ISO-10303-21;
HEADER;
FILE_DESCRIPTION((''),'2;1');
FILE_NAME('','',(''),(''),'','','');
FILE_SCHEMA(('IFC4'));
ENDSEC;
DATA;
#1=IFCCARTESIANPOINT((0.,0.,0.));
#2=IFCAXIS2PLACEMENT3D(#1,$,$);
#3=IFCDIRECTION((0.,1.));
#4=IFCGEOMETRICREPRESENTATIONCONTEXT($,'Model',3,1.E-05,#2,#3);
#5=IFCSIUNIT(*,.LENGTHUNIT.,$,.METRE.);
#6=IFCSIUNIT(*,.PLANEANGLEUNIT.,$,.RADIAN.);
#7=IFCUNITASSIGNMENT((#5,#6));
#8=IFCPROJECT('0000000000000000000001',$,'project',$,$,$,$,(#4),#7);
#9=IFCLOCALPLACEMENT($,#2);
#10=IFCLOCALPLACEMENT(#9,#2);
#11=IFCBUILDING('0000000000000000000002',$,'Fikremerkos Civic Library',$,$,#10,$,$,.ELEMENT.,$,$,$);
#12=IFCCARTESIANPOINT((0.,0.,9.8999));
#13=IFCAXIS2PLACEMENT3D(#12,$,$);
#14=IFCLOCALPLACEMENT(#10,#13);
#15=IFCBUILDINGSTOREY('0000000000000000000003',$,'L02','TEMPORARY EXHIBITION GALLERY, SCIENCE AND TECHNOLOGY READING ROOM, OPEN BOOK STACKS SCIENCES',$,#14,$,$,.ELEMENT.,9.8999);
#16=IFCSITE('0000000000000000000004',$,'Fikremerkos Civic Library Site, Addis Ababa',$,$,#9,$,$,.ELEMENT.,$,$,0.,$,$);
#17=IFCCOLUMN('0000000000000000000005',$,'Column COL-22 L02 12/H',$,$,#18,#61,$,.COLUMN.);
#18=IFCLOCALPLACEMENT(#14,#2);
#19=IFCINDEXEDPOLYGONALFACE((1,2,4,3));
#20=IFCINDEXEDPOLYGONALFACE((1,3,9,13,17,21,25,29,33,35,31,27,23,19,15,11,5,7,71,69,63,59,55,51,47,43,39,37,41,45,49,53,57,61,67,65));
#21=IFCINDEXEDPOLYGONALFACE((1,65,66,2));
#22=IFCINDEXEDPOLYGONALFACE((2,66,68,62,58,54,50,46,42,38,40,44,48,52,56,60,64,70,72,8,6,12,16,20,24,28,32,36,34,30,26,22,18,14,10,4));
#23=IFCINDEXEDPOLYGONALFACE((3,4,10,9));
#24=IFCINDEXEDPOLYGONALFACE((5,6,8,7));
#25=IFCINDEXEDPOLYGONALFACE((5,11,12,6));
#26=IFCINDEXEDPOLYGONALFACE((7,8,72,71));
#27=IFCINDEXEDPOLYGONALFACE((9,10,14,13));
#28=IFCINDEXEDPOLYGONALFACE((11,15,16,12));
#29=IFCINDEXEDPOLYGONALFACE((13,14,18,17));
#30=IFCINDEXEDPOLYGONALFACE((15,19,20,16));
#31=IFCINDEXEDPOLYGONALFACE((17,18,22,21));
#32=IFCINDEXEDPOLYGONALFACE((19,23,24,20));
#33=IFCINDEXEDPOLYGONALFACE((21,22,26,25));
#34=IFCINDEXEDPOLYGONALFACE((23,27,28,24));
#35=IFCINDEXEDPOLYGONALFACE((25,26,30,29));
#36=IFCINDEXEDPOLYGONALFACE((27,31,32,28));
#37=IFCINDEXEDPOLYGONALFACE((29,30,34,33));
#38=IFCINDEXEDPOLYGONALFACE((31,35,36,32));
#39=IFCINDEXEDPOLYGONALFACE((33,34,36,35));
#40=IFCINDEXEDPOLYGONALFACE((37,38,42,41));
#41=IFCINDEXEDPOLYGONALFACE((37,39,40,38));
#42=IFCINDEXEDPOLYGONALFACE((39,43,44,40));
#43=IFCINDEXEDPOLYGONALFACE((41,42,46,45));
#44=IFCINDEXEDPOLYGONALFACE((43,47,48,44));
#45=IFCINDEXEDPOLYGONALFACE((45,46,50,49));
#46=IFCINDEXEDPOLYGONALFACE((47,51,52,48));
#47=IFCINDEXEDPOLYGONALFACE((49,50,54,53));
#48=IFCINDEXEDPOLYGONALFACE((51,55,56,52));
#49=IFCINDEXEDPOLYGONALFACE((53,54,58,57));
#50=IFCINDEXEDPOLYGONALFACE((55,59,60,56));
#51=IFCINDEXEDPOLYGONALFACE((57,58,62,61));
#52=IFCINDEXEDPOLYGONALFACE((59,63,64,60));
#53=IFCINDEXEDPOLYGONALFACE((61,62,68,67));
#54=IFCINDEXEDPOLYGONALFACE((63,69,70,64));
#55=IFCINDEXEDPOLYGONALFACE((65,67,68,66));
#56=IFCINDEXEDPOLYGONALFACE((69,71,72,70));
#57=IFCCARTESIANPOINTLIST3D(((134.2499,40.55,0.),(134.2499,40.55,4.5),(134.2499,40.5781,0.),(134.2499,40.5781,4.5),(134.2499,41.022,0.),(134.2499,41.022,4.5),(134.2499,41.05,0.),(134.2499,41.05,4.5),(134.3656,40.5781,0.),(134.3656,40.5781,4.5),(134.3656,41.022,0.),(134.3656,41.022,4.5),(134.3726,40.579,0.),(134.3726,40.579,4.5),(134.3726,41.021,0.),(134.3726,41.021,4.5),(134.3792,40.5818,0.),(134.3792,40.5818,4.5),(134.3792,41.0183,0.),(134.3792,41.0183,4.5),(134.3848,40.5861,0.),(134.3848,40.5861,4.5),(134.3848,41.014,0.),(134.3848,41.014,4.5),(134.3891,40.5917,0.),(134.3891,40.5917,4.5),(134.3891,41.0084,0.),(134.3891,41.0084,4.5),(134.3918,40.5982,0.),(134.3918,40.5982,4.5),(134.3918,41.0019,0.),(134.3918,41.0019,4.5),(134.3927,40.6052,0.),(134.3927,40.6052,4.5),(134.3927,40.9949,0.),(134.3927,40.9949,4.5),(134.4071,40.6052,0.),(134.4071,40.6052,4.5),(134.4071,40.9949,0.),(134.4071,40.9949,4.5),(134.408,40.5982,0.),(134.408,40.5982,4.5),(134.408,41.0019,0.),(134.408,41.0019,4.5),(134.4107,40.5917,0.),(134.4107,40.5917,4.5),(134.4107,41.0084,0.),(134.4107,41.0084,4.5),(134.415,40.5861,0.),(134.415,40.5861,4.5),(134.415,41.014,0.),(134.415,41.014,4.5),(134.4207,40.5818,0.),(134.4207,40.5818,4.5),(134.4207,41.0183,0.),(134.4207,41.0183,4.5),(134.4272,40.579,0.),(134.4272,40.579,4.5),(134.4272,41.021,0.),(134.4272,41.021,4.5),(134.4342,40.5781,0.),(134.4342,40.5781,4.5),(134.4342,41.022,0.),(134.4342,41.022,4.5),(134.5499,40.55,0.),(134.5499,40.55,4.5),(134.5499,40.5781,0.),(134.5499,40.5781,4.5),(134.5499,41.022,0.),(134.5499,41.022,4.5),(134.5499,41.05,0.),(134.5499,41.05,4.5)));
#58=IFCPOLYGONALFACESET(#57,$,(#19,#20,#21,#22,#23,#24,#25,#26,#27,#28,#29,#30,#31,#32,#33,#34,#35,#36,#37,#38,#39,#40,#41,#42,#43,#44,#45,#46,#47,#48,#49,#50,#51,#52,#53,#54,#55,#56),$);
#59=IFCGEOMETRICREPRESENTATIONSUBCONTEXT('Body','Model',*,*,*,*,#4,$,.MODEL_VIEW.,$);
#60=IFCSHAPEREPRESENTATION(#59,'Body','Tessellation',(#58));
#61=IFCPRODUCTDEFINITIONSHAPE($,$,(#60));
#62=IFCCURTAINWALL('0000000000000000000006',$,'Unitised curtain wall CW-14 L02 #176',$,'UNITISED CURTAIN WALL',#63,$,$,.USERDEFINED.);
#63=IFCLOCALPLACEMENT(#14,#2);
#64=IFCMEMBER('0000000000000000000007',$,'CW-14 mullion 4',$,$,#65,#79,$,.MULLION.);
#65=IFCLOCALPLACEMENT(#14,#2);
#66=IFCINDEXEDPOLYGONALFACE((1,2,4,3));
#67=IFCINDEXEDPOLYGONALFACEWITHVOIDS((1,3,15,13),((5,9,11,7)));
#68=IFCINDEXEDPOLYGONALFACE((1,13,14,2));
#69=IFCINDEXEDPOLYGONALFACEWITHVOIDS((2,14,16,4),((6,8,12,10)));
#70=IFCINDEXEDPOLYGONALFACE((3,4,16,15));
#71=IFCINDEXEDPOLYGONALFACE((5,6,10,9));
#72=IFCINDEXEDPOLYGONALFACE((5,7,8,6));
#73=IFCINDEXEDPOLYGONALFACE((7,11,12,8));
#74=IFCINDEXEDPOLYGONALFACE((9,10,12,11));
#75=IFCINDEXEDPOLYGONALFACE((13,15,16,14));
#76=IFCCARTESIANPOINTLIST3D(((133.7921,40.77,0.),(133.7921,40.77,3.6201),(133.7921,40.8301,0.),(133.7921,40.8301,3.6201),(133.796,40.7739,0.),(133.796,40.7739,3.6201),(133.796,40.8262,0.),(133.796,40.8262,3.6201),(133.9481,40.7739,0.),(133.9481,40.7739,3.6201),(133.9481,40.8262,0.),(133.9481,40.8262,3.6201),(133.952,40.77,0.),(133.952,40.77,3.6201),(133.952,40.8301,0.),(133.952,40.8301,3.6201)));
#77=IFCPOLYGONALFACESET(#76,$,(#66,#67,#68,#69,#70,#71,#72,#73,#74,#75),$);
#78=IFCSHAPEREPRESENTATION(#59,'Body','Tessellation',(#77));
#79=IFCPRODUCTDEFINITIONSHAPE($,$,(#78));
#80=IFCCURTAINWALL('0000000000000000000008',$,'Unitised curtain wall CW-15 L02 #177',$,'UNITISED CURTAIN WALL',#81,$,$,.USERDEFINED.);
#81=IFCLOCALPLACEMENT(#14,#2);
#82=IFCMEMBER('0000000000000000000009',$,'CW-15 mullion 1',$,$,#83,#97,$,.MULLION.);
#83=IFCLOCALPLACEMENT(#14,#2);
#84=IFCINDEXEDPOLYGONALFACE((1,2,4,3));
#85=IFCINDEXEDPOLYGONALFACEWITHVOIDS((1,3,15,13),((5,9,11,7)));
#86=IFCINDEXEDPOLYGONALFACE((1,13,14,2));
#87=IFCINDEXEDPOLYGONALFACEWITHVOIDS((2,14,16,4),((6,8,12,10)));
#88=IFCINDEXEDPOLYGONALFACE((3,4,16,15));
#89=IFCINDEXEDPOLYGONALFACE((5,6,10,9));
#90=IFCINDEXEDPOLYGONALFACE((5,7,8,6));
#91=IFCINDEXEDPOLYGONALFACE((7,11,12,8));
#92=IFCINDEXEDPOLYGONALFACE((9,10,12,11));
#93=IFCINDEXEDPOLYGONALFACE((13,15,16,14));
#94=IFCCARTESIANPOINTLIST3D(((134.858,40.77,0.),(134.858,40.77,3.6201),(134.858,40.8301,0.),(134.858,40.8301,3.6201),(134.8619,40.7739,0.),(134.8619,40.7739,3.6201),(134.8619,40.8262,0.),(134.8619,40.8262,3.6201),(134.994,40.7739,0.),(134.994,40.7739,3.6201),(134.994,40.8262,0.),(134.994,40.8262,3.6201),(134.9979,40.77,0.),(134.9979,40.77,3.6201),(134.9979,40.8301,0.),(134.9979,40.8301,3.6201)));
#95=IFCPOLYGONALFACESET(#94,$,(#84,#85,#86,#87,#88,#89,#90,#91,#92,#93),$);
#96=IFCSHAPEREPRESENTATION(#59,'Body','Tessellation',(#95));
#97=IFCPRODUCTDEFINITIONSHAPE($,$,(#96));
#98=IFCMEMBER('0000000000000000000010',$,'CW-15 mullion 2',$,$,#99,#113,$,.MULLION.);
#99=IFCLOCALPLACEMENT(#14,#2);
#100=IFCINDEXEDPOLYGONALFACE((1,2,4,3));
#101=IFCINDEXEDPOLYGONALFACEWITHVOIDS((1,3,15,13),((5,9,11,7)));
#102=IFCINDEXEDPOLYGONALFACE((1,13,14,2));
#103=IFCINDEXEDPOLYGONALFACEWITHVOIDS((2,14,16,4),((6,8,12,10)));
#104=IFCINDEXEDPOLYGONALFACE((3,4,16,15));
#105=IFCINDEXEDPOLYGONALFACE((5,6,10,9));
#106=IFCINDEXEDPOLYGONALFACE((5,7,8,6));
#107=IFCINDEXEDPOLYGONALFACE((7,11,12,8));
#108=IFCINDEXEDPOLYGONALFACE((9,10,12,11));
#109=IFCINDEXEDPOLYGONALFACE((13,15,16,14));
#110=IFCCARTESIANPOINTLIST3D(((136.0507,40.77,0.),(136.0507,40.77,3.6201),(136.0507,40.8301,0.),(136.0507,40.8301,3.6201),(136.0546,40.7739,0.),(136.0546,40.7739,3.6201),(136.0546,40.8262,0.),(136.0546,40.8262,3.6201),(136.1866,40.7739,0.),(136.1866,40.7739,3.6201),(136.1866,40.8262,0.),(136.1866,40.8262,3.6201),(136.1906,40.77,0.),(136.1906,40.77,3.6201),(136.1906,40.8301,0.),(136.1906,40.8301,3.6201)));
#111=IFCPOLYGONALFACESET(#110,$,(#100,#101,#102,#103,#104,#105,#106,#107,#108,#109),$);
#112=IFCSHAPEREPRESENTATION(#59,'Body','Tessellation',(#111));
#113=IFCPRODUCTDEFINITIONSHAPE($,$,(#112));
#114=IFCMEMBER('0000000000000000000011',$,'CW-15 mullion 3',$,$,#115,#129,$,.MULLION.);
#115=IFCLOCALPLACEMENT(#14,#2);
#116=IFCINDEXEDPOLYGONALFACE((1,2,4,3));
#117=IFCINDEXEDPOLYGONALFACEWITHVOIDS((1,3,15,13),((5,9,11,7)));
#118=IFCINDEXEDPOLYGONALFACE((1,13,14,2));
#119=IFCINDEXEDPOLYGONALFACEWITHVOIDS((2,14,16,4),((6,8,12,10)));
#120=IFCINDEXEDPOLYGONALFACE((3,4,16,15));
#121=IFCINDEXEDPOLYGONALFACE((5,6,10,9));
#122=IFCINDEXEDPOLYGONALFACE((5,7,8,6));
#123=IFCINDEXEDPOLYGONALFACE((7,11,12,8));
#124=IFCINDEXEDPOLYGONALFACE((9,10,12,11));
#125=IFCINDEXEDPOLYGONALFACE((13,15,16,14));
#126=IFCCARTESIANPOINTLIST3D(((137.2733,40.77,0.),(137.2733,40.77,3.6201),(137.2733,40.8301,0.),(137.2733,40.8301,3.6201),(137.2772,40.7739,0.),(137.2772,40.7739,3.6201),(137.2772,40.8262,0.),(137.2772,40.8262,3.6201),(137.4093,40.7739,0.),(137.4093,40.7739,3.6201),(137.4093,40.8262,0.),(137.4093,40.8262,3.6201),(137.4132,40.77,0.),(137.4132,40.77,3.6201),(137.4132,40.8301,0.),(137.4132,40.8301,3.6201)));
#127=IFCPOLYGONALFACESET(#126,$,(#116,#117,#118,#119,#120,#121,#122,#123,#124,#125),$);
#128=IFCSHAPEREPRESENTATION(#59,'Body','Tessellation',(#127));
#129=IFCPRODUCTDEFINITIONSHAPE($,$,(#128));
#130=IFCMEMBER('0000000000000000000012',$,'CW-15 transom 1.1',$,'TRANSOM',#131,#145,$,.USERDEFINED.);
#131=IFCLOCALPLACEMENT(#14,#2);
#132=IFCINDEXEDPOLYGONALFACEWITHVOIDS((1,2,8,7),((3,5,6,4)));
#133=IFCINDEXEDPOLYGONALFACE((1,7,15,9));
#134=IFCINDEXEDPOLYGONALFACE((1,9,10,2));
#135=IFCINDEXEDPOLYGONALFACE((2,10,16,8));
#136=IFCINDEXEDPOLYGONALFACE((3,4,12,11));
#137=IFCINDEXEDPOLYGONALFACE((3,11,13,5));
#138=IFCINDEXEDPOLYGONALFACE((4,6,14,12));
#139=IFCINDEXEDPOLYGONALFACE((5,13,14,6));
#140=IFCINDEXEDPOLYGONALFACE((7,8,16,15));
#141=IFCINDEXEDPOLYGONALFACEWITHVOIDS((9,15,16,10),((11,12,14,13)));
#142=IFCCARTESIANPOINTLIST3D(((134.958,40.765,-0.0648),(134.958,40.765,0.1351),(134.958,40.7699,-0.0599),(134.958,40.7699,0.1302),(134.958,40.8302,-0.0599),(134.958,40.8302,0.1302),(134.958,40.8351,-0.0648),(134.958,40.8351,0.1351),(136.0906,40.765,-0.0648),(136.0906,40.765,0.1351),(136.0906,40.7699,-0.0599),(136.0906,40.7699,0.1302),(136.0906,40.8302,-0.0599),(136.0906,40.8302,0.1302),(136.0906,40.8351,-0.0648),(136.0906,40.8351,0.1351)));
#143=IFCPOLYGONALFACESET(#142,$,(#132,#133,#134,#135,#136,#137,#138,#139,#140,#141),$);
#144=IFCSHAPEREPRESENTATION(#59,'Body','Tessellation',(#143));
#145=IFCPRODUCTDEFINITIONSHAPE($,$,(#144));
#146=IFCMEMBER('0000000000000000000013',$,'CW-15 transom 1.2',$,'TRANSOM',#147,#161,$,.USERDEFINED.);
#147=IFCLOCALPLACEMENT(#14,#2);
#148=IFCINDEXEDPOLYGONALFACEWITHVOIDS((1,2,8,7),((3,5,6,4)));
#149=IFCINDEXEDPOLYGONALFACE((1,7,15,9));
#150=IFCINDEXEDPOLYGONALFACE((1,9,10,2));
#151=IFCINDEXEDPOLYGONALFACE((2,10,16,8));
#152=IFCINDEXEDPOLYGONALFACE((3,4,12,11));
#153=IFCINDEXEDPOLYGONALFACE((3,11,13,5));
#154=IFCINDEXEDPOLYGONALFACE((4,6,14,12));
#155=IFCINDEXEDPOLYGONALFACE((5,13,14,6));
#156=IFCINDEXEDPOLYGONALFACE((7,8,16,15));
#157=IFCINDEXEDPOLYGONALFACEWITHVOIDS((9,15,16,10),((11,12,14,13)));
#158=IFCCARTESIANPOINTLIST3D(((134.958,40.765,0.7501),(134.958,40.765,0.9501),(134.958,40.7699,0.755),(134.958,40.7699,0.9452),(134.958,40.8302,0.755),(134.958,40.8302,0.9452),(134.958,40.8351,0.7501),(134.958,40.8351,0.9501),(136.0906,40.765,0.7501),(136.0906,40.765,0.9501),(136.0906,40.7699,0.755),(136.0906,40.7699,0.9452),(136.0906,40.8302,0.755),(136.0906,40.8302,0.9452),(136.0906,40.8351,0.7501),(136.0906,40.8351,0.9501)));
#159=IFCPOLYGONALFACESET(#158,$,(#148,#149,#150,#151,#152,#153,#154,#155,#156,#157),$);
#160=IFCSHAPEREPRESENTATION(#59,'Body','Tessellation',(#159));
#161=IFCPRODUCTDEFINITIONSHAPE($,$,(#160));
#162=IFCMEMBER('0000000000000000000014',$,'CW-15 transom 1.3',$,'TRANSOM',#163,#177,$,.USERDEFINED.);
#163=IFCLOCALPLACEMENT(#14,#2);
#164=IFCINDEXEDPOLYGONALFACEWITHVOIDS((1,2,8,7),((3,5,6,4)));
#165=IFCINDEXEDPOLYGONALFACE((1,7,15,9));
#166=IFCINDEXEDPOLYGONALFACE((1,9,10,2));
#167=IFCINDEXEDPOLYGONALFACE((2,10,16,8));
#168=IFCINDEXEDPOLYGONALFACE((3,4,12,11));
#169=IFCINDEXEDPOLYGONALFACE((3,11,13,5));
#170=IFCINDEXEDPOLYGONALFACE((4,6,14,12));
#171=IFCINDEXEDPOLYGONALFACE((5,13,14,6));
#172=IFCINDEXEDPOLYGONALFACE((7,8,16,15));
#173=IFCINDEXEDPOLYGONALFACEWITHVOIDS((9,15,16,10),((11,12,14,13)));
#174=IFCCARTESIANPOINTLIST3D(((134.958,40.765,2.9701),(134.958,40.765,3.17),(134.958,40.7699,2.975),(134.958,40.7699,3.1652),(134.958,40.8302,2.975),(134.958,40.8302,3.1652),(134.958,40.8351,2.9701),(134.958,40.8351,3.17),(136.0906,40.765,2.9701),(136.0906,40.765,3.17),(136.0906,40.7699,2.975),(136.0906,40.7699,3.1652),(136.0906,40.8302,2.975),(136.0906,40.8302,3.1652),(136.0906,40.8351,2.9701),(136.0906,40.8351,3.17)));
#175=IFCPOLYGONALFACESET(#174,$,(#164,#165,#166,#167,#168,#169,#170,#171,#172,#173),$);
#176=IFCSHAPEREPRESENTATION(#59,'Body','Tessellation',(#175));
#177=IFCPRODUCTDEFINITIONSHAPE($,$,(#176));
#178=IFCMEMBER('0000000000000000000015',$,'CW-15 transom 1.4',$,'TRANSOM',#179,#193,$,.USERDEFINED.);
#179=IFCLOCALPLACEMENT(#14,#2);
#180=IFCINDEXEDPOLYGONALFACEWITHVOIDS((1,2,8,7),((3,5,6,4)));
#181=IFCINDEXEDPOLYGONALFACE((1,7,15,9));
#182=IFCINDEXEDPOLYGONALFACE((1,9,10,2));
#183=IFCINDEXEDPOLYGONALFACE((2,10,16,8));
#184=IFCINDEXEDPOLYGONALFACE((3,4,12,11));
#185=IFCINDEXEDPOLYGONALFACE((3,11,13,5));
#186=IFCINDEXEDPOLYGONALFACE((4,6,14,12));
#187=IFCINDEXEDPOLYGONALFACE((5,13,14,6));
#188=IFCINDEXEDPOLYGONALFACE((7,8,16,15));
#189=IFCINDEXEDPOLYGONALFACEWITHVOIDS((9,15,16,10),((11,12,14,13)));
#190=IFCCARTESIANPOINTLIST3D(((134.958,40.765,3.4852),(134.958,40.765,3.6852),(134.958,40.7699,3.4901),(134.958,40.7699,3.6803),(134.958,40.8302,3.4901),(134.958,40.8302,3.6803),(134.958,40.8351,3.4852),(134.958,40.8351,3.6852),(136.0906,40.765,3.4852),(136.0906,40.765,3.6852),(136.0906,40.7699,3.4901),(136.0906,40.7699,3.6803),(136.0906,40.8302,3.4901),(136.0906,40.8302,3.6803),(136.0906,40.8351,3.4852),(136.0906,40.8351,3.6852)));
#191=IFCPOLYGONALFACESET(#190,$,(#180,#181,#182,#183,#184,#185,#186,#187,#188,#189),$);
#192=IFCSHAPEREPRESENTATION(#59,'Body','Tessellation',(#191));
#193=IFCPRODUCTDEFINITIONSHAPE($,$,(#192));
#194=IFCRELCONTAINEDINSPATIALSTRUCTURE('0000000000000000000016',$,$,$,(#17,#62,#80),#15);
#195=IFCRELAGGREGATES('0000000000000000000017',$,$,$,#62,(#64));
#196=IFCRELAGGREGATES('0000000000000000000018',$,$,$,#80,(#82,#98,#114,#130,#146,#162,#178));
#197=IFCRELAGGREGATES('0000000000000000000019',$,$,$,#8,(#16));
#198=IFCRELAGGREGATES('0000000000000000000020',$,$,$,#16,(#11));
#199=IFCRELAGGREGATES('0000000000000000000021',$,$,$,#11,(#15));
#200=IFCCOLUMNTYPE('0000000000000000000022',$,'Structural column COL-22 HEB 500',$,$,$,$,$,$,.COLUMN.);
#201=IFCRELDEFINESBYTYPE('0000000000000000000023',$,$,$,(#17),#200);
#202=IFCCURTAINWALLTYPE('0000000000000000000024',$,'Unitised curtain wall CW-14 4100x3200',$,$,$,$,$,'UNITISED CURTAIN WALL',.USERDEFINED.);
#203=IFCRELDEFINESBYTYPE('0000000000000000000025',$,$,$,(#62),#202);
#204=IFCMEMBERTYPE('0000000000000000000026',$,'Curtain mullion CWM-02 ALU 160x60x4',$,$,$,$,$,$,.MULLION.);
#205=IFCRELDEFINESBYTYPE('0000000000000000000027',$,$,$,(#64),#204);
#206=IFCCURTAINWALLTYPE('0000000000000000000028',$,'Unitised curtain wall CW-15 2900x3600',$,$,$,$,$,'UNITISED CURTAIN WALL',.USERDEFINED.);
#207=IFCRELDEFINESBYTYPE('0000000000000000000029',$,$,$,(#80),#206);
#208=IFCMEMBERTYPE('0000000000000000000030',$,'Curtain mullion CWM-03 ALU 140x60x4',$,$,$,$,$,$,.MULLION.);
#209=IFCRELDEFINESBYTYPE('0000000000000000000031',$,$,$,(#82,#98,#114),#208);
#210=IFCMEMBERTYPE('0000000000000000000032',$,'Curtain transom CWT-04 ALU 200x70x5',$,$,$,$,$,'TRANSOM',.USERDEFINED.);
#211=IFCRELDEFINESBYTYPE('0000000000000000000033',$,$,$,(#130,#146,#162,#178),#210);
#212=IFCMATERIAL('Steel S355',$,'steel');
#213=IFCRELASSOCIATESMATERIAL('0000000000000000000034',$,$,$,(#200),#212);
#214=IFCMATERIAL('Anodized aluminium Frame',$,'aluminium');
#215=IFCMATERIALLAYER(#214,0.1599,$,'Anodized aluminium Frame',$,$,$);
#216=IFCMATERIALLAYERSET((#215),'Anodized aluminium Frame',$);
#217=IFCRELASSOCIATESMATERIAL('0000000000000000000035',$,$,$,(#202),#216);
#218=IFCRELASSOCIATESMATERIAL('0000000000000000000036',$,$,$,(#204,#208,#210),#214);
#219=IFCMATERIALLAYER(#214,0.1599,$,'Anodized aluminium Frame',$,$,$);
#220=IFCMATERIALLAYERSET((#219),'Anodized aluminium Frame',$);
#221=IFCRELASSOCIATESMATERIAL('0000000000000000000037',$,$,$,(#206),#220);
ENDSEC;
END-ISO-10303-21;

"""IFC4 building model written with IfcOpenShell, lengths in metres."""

from ifc_helpers import new_model, si_unit, direction, frame, origin, origin_2d, place, context, subcontext, project, spatial, hollow_rectangle, i_section, extrude, material, layer, layer_set, material_profile, profile_set, type_object, element, aggregate, save


model = new_model("IFC4")

# Units and contexts
model_context = context("Model", 3, precision=1e-05, world=origin(), true_north=direction((0.0, 1.0)))
body_context = subcontext(model_context, "Body", "Model", "MODEL_VIEW")
ifc_project = project(units=[si_unit("LENGTHUNIT", "METRE"), si_unit("PLANEANGLEUNIT", "RADIAN")], contexts=[model_context])

# Site, building, storey
site_placement = place(None, origin())
site = spatial("IfcSite", under=ifc_project, at=site_placement, Name="Fikremerkos Civic Library Site, Addis Ababa", CompositionType="ELEMENT", RefElevation=0.0)
building_placement = place(site_placement, origin())
building = spatial("IfcBuilding", under=site, at=building_placement, Name="Fikremerkos Civic Library", CompositionType="ELEMENT")
storey_placement = place(building_placement, frame((0.0, 0.0, 9.8999)))
storey = spatial("IfcBuildingStorey", under=building, at=storey_placement, Name="L02", Description="TEMPORARY EXHIBITION GALLERY, SCIENCE AND TECHNOLOGY READING ROOM, OPEN BOOK STACKS SCIENCES", CompositionType="ELEMENT", Elevation=9.8999)

# Column
ifc_material_1 = material(Name="Steel S355", Category="steel")
ifc_material_profile_1 = material_profile(ifc_material_1, i_section(OverallWidth=0.3, OverallDepth=0.5, WebThickness=0.0144, FlangeThickness=0.0281, FilletRadius=0.0271, at=origin_2d()), Name="HEB 500")
ifc_profile_set_1 = profile_set([ifc_material_profile_1], Name="Steel S355")
column_type = type_object("IfcColumnType", Name="Structural column COL-22 HEB 500", PredefinedType="COLUMN", material=ifc_profile_set_1)
column_placement = place(storey_placement, frame((134.3999, 40.8, 0.0), z_axis=(0.0, 0.0, 1.0), x_axis=(1.0, 0.0, 0.0)))
element("IfcColumn", 1, at=column_placement, inside=storey, type_object=column_type, Name="Column COL-22 L02 12/H", PredefinedType="COLUMN", context=body_context, shape_type="SweptSolid", body=[
    extrude(i_section(OverallWidth=0.3, OverallDepth=0.5, WebThickness=0.0144, FlangeThickness=0.0281, FilletRadius=0.0271, at=origin_2d()), origin(), (0.0, 0.0, 1.0), 4.5),
])

# Curtain wall, member
ifc_material_2 = material(Name="Anodized aluminium Frame", Category="aluminium")
ifc_layer_1 = layer(ifc_material_2, 0.1599, Name="Anodized aluminium Frame")
ifc_layer_set_1 = layer_set([ifc_layer_1], Name="Anodized aluminium Frame")
curtain_wall_type_1 = type_object("IfcCurtainWallType", Name="Unitised curtain wall CW-14 4100x3200", ElementType="UNITISED CURTAIN WALL", PredefinedType="USERDEFINED", material=ifc_layer_set_1)
curtain_wall_1_placement = place(storey_placement, origin())
curtain_wall_1 = element("IfcCurtainWall", 2, at=curtain_wall_1_placement, inside=storey, type_object=curtain_wall_type_1, Name="Unitised curtain wall CW-14 L02 #176", ObjectType="UNITISED CURTAIN WALL", PredefinedType="USERDEFINED")
ifc_material_profile_2 = material_profile(ifc_material_2, hollow_rectangle(XDim=0.0601, YDim=0.1599, WallThickness=0.0039, at=origin_2d()), Name="ALU 160x60x4")
ifc_profile_set_2 = profile_set([ifc_material_profile_2], Name="Anodized aluminium Frame")
member_type_1 = type_object("IfcMemberType", Name="Curtain mullion CWM-02 ALU 160x60x4", PredefinedType="MULLION", material=ifc_profile_set_2)
member_1_placement = place(storey_placement, frame((133.8721, 40.8, 0.0), z_axis=(0.0, 0.0, 1.0), x_axis=(0.0, 1.0, 0.0)))
member_1 = element("IfcMember", 3, at=member_1_placement, type_object=member_type_1, Name="CW-14 mullion 4", PredefinedType="MULLION", context=body_context, shape_type="SweptSolid", body=[
    extrude(hollow_rectangle(XDim=0.0601, YDim=0.1599, WallThickness=0.0039, at=origin_2d()), origin(), (0.0, 0.0, 1.0), 3.6201),
])

# Curtain wall, members
ifc_layer_2 = layer(ifc_material_2, 0.1599, Name="Anodized aluminium Frame")
ifc_layer_set_2 = layer_set([ifc_layer_2], Name="Anodized aluminium Frame")
curtain_wall_type_2 = type_object("IfcCurtainWallType", Name="Unitised curtain wall CW-15 2900x3600", ElementType="UNITISED CURTAIN WALL", PredefinedType="USERDEFINED", material=ifc_layer_set_2)
curtain_wall_2_placement = place(storey_placement, origin())
curtain_wall_2 = element("IfcCurtainWall", 4, at=curtain_wall_2_placement, inside=storey, type_object=curtain_wall_type_2, Name="Unitised curtain wall CW-15 L02 #177", ObjectType="UNITISED CURTAIN WALL", PredefinedType="USERDEFINED")
ifc_material_profile_3 = material_profile(ifc_material_2, hollow_rectangle(XDim=0.0601, YDim=0.1399, WallThickness=0.0039, at=origin_2d()), Name="ALU 140x60x4")
ifc_profile_set_3 = profile_set([ifc_material_profile_3], Name="Anodized aluminium Frame")
member_type_2 = type_object("IfcMemberType", Name="Curtain mullion CWM-03 ALU 140x60x4", PredefinedType="MULLION", material=ifc_profile_set_3)
member_2_placement = place(storey_placement, frame((134.928, 40.8, 0.0), z_axis=(0.0, 0.0, 1.0), x_axis=(0.0, 1.0, 0.0)))
member_2 = element("IfcMember", 5, at=member_2_placement, type_object=member_type_2, Name="CW-15 mullion 1", PredefinedType="MULLION", context=body_context, shape_type="SweptSolid", body=[
    extrude(hollow_rectangle(XDim=0.0601, YDim=0.1399, WallThickness=0.0039, at=origin_2d()), origin(), (0.0, 0.0, 1.0), 3.6201),
])
member_3_placement = place(storey_placement, frame((136.1206, 40.8, 0.0), z_axis=(0.0, 0.0, 1.0), x_axis=(0.0, 1.0, 0.0)))
member_3 = element("IfcMember", 6, at=member_3_placement, type_object=member_type_2, Name="CW-15 mullion 2", PredefinedType="MULLION", context=body_context, shape_type="SweptSolid", body=[
    extrude(hollow_rectangle(XDim=0.0601, YDim=0.1399, WallThickness=0.0039, at=origin_2d()), origin(), (0.0, 0.0, 1.0), 3.6201),
])
member_4_placement = place(storey_placement, frame((137.3433, 40.8, 0.0), z_axis=(0.0, 0.0, 1.0), x_axis=(0.0, 1.0, 0.0)))
member_4 = element("IfcMember", 7, at=member_4_placement, type_object=member_type_2, Name="CW-15 mullion 3", PredefinedType="MULLION", context=body_context, shape_type="SweptSolid", body=[
    extrude(hollow_rectangle(XDim=0.0601, YDim=0.1399, WallThickness=0.0039, at=origin_2d()), origin(), (0.0, 0.0, 1.0), 3.6201),
])
ifc_material_profile_4 = material_profile(ifc_material_2, hollow_rectangle(XDim=0.0701, YDim=0.2, WallThickness=0.0049, at=origin_2d()), Name="ALU 200x70x5")
ifc_profile_set_4 = profile_set([ifc_material_profile_4], Name="Anodized aluminium Frame")
member_type_3 = type_object("IfcMemberType", Name="Curtain transom CWT-04 ALU 200x70x5", ElementType="TRANSOM", PredefinedType="USERDEFINED", material=ifc_profile_set_4)
member_5_placement = place(storey_placement, frame((134.958, 40.8, 0.0352), z_axis=(1.0, 0.0, 0.0), x_axis=(0.0, 1.0, 0.0)))
member_5 = element("IfcMember", 8, at=member_5_placement, type_object=member_type_3, Name="CW-15 transom 1.1", ObjectType="TRANSOM", PredefinedType="USERDEFINED", context=body_context, shape_type="SweptSolid", body=[
    extrude(hollow_rectangle(XDim=0.0701, YDim=0.2, WallThickness=0.0049, at=origin_2d()), origin(), (0.0, 0.0, 1.0), 1.1326),
])
member_6_placement = place(storey_placement, frame((134.958, 40.8, 0.8501), z_axis=(1.0, 0.0, 0.0), x_axis=(0.0, 1.0, 0.0)))
member_6 = element("IfcMember", 9, at=member_6_placement, type_object=member_type_3, Name="CW-15 transom 1.2", ObjectType="TRANSOM", PredefinedType="USERDEFINED", context=body_context, shape_type="SweptSolid", body=[
    extrude(hollow_rectangle(XDim=0.0701, YDim=0.2, WallThickness=0.0049, at=origin_2d()), origin(), (0.0, 0.0, 1.0), 1.1326),
])
member_7_placement = place(storey_placement, frame((134.958, 40.8, 3.0701), z_axis=(1.0, 0.0, 0.0), x_axis=(0.0, 1.0, 0.0)))
member_7 = element("IfcMember", 10, at=member_7_placement, type_object=member_type_3, Name="CW-15 transom 1.3", ObjectType="TRANSOM", PredefinedType="USERDEFINED", context=body_context, shape_type="SweptSolid", body=[
    extrude(hollow_rectangle(XDim=0.0701, YDim=0.2, WallThickness=0.0049, at=origin_2d()), origin(), (0.0, 0.0, 1.0), 1.1326),
])
member_8_placement = place(storey_placement, frame((134.958, 40.8, 3.5852), z_axis=(1.0, 0.0, 0.0), x_axis=(0.0, 1.0, 0.0)))
member_8 = element("IfcMember", 11, at=member_8_placement, type_object=member_type_3, Name="CW-15 transom 1.4", ObjectType="TRANSOM", PredefinedType="USERDEFINED", context=body_context, shape_type="SweptSolid", body=[
    extrude(hollow_rectangle(XDim=0.0701, YDim=0.2, WallThickness=0.0049, at=origin_2d()), origin(), (0.0, 0.0, 1.0), 1.1326),
])

aggregate(curtain_wall_1, [member_1])
aggregate(curtain_wall_2, [member_2, member_3, member_4, member_5, member_6, member_7, member_8])

save(model, "model.ifc")
